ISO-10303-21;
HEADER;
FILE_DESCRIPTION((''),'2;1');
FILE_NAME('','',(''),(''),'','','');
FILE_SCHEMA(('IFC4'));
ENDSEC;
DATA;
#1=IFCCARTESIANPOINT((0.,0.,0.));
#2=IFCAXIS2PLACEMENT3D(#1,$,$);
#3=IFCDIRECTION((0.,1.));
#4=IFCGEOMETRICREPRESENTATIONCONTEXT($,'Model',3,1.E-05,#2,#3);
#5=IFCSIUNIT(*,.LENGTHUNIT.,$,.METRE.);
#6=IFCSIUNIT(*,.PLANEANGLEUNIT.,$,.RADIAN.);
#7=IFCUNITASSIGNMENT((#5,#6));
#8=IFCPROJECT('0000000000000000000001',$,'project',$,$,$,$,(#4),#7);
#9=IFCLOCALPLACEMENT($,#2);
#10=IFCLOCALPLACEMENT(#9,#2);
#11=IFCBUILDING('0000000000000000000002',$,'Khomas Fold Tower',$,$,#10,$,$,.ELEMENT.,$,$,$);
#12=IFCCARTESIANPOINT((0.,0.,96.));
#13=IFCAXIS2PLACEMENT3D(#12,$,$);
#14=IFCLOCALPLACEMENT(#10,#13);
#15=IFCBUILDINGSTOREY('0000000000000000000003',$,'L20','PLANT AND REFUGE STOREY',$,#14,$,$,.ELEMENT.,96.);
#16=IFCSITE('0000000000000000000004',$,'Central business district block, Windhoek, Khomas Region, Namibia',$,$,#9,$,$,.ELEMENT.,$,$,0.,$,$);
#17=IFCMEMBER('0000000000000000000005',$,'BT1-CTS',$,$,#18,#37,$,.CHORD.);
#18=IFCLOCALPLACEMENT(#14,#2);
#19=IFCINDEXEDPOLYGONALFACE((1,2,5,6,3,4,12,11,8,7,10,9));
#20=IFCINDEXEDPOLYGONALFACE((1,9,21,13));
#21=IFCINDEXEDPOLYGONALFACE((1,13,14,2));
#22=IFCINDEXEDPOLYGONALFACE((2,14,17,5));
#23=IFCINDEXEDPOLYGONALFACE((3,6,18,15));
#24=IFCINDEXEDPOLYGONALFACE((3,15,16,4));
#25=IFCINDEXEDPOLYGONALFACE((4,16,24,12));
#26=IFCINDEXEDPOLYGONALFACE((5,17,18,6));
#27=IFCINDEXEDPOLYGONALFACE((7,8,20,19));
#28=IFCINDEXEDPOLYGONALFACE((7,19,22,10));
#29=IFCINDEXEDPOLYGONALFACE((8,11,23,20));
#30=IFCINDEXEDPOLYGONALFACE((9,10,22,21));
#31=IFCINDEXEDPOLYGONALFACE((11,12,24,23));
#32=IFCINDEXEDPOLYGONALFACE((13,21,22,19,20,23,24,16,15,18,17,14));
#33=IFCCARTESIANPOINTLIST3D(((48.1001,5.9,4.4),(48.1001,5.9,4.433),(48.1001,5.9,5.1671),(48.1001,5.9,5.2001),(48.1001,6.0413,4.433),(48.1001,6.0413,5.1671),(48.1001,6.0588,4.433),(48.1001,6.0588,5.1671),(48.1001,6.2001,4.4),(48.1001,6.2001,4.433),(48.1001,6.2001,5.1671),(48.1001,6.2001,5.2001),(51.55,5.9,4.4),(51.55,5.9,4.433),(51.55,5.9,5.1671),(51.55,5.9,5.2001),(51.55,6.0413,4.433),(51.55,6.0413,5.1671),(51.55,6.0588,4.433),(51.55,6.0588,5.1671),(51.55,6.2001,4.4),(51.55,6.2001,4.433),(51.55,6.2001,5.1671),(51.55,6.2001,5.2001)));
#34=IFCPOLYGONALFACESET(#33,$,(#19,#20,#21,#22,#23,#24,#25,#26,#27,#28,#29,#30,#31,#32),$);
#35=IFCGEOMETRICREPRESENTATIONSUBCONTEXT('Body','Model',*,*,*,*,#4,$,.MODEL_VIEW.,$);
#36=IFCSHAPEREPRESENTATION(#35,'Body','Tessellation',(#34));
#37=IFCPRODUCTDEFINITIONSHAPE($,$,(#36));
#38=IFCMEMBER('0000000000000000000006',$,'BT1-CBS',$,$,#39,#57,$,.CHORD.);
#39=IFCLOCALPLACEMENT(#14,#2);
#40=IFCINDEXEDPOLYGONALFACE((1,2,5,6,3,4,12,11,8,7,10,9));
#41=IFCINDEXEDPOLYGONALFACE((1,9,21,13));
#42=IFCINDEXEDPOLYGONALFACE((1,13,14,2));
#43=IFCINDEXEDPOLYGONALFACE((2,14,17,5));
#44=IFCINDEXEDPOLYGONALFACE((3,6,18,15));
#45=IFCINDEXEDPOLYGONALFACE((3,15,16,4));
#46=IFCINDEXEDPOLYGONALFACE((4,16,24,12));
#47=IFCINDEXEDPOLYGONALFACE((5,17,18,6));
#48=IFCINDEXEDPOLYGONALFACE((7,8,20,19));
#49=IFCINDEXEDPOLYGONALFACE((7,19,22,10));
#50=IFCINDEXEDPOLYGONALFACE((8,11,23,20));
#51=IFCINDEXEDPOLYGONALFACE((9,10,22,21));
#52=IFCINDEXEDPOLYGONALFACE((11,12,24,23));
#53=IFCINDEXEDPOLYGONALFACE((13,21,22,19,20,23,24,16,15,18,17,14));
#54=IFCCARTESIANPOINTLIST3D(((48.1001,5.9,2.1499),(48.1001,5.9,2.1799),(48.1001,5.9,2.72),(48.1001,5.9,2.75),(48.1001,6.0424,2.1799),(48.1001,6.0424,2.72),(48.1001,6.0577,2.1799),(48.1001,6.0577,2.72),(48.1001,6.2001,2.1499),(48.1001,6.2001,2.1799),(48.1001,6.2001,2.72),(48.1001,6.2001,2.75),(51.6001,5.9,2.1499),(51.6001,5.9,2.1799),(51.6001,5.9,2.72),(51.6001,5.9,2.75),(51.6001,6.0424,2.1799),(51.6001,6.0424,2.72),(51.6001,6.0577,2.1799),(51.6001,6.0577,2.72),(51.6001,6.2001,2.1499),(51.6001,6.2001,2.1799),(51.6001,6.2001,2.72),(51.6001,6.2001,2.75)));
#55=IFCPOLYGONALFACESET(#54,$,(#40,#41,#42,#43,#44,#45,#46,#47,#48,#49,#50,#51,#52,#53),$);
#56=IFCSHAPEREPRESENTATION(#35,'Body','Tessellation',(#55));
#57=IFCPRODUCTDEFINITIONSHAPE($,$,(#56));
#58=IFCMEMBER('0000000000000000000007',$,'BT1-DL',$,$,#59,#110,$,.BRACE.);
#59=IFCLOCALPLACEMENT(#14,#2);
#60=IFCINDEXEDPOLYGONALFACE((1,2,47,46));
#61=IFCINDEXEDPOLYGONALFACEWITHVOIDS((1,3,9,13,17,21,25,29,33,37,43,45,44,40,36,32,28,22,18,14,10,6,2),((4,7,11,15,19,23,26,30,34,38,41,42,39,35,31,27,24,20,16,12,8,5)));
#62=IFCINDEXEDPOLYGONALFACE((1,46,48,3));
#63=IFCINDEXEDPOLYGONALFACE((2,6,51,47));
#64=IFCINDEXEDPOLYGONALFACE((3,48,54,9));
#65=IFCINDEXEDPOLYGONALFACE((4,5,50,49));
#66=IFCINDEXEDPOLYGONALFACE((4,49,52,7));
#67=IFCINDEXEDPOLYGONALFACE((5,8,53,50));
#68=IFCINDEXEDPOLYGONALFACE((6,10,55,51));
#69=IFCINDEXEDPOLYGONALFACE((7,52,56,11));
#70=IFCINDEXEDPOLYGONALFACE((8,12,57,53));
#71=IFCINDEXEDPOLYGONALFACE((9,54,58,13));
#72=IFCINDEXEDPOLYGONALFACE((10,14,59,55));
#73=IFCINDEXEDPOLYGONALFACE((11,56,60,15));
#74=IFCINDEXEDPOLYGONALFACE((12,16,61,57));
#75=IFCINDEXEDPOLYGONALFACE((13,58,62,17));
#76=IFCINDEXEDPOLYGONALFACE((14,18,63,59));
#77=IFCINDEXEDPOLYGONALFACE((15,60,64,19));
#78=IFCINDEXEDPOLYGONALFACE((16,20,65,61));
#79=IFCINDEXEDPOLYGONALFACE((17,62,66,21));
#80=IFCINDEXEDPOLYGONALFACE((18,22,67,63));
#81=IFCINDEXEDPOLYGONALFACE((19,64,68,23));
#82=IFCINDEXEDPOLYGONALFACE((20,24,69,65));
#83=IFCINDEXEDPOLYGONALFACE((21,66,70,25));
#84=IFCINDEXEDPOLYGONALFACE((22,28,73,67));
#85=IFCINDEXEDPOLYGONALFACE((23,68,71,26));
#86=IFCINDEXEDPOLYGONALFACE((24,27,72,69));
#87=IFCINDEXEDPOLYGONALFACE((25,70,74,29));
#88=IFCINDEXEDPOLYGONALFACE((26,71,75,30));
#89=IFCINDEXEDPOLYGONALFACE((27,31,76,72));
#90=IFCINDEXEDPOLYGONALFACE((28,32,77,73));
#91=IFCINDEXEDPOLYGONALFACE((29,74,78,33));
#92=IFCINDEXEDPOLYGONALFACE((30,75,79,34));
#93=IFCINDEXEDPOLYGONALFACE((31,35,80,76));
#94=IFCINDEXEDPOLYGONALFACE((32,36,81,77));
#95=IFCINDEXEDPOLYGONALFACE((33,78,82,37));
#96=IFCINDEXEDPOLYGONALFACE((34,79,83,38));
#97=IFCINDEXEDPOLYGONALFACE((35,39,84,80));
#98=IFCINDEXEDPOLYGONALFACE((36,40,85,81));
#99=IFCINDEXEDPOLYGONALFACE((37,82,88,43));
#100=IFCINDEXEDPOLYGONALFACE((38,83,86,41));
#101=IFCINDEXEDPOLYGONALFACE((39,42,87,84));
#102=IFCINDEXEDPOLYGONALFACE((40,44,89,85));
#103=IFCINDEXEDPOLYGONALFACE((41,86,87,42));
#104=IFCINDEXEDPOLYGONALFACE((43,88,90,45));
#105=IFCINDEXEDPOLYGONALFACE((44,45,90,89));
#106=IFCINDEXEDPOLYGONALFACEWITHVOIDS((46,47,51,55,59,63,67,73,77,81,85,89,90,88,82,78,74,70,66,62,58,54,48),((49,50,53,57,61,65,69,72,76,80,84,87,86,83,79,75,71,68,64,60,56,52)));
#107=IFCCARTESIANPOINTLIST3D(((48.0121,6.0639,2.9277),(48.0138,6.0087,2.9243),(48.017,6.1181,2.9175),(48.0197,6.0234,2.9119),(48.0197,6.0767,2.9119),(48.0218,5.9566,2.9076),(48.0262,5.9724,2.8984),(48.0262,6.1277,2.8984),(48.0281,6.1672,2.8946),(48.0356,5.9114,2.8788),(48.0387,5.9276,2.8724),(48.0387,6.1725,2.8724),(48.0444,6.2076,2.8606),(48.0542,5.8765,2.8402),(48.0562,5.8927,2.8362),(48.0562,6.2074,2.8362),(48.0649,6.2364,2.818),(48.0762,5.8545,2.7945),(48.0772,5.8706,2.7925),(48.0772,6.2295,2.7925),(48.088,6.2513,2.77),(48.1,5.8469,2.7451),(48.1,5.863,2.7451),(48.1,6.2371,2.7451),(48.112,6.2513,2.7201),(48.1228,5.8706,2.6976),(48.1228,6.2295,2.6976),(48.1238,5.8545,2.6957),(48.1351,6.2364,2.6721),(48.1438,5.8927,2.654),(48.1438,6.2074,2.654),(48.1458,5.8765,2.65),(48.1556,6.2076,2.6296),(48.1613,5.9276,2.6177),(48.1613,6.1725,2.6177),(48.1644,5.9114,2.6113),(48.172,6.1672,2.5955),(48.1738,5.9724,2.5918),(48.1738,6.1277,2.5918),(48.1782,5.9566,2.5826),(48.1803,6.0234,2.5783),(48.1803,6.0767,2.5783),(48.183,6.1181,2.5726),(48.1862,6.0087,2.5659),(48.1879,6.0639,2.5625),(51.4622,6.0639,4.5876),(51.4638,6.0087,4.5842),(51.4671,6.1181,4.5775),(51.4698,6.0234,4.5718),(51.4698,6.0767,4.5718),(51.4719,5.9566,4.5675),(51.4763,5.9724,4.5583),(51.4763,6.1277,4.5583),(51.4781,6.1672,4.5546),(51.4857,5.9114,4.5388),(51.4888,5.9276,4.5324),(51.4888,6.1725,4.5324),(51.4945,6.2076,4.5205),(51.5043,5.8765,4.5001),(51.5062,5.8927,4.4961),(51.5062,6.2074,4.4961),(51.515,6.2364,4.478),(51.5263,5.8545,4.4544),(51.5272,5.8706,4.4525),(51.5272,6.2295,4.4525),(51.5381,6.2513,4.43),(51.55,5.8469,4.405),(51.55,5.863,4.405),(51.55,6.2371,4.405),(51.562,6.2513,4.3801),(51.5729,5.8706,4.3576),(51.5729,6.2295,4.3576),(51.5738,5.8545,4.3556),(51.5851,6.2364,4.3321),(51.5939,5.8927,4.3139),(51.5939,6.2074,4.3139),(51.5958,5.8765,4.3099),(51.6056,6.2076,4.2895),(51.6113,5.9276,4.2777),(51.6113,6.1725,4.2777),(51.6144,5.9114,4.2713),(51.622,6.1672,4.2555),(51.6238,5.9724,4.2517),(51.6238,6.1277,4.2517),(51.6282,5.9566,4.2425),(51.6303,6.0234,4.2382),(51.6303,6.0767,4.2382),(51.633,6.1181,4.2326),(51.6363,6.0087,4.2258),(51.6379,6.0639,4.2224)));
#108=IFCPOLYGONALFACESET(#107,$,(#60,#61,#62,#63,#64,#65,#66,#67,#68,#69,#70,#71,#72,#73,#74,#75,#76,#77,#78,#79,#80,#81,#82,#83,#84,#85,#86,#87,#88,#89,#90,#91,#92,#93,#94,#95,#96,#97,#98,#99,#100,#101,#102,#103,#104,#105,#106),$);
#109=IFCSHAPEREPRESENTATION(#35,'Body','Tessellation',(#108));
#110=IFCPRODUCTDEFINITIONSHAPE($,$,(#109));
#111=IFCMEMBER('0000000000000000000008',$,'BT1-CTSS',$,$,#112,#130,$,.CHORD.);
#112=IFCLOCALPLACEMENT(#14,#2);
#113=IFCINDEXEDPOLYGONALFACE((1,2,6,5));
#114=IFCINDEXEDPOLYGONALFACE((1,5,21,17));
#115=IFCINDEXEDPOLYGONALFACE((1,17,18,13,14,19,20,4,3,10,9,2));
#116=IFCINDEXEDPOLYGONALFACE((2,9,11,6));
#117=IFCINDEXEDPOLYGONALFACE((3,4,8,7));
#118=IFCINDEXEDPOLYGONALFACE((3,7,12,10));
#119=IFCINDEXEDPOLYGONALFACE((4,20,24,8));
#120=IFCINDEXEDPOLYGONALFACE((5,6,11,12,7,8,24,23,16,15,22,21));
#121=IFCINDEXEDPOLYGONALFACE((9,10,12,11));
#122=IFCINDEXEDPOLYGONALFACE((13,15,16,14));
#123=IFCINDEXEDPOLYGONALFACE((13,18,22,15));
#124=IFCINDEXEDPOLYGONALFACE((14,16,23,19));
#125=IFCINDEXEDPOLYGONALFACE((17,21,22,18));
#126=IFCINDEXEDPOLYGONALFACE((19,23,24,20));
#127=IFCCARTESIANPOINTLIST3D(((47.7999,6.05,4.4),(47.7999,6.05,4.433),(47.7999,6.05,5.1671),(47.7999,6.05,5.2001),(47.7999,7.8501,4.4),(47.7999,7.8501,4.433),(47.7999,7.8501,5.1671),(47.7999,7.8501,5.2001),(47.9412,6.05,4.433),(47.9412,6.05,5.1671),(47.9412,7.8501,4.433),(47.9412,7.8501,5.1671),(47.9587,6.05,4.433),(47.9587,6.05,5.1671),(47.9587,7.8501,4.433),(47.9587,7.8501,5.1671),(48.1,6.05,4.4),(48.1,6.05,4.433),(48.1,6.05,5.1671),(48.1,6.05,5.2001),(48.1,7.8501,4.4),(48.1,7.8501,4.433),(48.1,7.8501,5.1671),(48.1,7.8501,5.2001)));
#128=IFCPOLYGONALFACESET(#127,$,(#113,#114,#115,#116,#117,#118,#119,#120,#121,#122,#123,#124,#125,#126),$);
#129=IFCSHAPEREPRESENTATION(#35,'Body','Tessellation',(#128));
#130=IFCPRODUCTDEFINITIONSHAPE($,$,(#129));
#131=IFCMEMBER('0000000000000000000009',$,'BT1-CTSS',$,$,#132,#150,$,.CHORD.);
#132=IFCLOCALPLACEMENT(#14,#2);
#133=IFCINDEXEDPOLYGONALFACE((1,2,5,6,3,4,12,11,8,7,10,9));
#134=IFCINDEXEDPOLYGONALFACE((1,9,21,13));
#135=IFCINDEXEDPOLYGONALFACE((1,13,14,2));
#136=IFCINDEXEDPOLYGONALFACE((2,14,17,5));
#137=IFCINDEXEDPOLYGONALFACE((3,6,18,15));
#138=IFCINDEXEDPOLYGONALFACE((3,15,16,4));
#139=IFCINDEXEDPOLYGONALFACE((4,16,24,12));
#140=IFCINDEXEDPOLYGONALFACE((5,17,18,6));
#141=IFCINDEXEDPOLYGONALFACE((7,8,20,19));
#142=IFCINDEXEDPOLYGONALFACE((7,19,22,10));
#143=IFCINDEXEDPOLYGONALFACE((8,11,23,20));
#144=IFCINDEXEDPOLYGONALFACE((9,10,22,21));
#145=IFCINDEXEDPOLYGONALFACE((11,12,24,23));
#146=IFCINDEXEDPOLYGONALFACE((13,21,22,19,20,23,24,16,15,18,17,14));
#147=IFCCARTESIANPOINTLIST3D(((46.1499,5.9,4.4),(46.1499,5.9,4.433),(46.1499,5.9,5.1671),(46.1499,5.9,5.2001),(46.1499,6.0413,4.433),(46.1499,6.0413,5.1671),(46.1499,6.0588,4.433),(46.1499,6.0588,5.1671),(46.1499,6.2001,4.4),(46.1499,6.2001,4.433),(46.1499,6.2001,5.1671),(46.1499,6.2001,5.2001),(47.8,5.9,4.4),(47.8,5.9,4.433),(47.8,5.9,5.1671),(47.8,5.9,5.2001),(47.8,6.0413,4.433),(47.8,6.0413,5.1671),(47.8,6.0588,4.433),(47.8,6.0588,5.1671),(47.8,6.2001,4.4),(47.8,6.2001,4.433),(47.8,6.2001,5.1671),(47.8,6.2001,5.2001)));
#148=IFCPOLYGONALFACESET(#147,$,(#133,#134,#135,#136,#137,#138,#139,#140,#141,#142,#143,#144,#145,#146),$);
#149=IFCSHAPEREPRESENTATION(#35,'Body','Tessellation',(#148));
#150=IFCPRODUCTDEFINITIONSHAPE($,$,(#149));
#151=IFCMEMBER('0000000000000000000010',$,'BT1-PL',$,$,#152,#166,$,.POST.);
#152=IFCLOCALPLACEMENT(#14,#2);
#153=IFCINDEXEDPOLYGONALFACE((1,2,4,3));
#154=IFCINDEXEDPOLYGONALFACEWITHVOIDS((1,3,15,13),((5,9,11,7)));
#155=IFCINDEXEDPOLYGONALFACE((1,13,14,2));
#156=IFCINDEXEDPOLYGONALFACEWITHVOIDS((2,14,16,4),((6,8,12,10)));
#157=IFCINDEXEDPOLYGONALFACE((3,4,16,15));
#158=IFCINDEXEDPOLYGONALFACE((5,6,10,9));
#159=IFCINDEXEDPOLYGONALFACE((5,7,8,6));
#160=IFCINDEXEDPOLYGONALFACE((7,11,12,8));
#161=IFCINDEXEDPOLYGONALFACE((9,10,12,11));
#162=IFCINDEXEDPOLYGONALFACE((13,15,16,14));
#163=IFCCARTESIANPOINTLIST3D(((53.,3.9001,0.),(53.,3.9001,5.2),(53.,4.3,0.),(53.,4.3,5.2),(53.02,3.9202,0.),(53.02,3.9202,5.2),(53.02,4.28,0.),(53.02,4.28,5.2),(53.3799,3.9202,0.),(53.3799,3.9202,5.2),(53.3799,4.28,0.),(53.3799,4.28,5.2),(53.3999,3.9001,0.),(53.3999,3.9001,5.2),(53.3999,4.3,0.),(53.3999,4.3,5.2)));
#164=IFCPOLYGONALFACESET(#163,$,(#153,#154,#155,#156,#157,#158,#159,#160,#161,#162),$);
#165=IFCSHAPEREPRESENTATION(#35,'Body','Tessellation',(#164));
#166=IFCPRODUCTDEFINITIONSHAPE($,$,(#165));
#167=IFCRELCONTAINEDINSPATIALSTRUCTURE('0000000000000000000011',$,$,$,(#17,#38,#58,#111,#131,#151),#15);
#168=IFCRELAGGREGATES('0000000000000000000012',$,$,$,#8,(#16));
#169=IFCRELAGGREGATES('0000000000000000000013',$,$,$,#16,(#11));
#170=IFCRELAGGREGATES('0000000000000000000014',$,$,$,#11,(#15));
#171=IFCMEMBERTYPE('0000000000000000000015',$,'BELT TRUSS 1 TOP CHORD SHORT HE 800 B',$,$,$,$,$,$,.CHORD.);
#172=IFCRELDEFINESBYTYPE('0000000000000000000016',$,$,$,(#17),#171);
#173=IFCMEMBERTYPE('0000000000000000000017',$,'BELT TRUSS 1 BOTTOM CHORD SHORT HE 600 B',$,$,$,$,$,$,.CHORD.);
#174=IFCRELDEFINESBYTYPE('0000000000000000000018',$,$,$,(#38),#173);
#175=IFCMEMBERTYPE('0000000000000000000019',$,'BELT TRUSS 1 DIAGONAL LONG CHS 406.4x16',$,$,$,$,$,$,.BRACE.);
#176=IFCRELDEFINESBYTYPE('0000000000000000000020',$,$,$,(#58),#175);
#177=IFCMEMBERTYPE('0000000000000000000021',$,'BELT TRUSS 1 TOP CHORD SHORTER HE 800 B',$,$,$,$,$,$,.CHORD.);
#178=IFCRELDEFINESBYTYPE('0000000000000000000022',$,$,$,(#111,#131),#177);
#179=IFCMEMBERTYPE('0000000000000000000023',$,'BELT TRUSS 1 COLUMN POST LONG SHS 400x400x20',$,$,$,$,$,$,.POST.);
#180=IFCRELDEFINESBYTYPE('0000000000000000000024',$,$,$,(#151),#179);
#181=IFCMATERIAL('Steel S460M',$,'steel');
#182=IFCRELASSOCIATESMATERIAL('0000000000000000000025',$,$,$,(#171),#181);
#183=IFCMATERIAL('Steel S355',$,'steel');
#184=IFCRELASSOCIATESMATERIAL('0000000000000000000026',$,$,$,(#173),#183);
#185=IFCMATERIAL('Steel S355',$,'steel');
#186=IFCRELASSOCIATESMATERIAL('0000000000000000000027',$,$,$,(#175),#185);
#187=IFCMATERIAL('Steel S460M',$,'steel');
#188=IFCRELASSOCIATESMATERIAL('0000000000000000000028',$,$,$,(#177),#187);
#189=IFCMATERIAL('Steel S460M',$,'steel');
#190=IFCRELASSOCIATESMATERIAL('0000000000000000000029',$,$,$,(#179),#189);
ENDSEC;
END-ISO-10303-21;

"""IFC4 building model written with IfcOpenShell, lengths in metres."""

from ifc_helpers import new_model, si_unit, direction, frame, origin, origin_2d, place, context, subcontext, project, spatial, hollow_rectangle, hollow_circle, i_section, extrude, source, transform, mapped, material, material_profile, profile_set, type_object, element, save


model = new_model("IFC4")

# Units and contexts
model_context = context("Model", 3, precision=1e-05, world=origin(), true_north=direction((0.0, 1.0)))
body_context = subcontext(model_context, "Body", "Model", "MODEL_VIEW")
ifc_project = project(units=[si_unit("LENGTHUNIT", "METRE"), si_unit("PLANEANGLEUNIT", "RADIAN")], contexts=[model_context])

# Site, building, storey
site_placement = place(None, origin())
site = spatial("IfcSite", under=ifc_project, at=site_placement, Name="Central business district block, Windhoek, Khomas Region, Namibia", CompositionType="ELEMENT", RefElevation=0.0)
building_placement = place(site_placement, origin())
building = spatial("IfcBuilding", under=site, at=building_placement, Name="Khomas Fold Tower", CompositionType="ELEMENT")
storey_placement = place(building_placement, frame((0.0, 0.0, 96.0)))
storey = spatial("IfcBuildingStorey", under=building, at=storey_placement, Name="L20", Description="PLANT AND REFUGE STOREY", CompositionType="ELEMENT", Elevation=96.0)

# Members
ifc_material_1 = material(Name="Steel S460M", Category="steel")
ifc_material_profile_1 = material_profile(ifc_material_1, i_section(OverallWidth=0.3, OverallDepth=0.8, WebThickness=0.0176, FlangeThickness=0.033, at=origin_2d()), Name="HE 800 B")
ifc_profile_set_1 = profile_set([ifc_material_profile_1], Name="Steel S460M")
member_type_1 = type_object("IfcMemberType", Name="BELT TRUSS 1 TOP CHORD SHORT HE 800 B", PredefinedType="CHORD", material=ifc_profile_set_1)
shared_shape_1 = source(origin(), body_context, "Body", "SweptSolid", [
    extrude(i_section(OverallWidth=0.3, OverallDepth=0.8, WebThickness=0.0176, FlangeThickness=0.033, at=origin_2d()), origin(), (0.0, 0.0, 1.0), 3.45),
])
member_1_placement = place(storey_placement, frame((51.55, 6.05, 4.8), z_axis=(-1.0, 0.0, 0.0), x_axis=(0.0, -1.0, 0.0)))
element("IfcMember", 1, at=member_1_placement, inside=storey, type_object=member_type_1, Name="BT1-CTS", PredefinedType="CHORD", context=body_context, shape_type="MappedRepresentation", body=[
    mapped(shared_shape_1, transform((0.0, 0.0, 0.0))),
])
ifc_material_2 = material(Name="Steel S355", Category="steel")
ifc_material_profile_2 = material_profile(ifc_material_2, i_section(OverallWidth=0.3, OverallDepth=0.6001, WebThickness=0.0154, FlangeThickness=0.03, at=origin_2d()), Name="HE 600 B")
ifc_profile_set_2 = profile_set([ifc_material_profile_2], Name="Steel S355")
member_type_2 = type_object("IfcMemberType", Name="BELT TRUSS 1 BOTTOM CHORD SHORT HE 600 B", PredefinedType="CHORD", material=ifc_profile_set_2)
shared_shape_2 = source(origin(), body_context, "Body", "SweptSolid", [
    extrude(i_section(OverallWidth=0.3, OverallDepth=0.6001, WebThickness=0.0154, FlangeThickness=0.03, at=origin_2d()), origin(), (0.0, 0.0, 1.0), 3.5),
])
member_2_placement = place(storey_placement, frame((51.6001, 6.05, 2.45), z_axis=(-1.0, 0.0, 0.0), x_axis=(0.0, -1.0, 0.0)))
element("IfcMember", 2, at=member_2_placement, inside=storey, type_object=member_type_2, Name="BT1-CBS", PredefinedType="CHORD", context=body_context, shape_type="MappedRepresentation", body=[
    mapped(shared_shape_2, transform((0.0, 0.0, 0.0))),
])
ifc_material_3 = material(Name="Steel S355", Category="steel")
ifc_material_profile_3 = material_profile(ifc_material_3, hollow_circle(Radius=0.2031, WallThickness=0.0161, at=origin_2d()), Name="CHS 406.4x16")
ifc_profile_set_3 = profile_set([ifc_material_profile_3], Name="Steel S355")
member_type_3 = type_object("IfcMemberType", Name="BELT TRUSS 1 DIAGONAL LONG CHS 406.4x16", PredefinedType="BRACE", material=ifc_profile_set_3)
shared_shape_3 = source(origin(), body_context, "Body", "SweptSolid", [
    extrude(hollow_circle(Radius=0.2031, WallThickness=0.0161, at=origin_2d()), origin(), (0.0, 0.0, 1.0), 3.8286),
])
member_3_placement = place(storey_placement, frame((51.55, 6.05, 4.405), z_axis=(-0.901122, 0.0, -0.433566), x_axis=(0.0, -1.0, 0.0)))
element("IfcMember", 3, at=member_3_placement, inside=storey, type_object=member_type_3, Name="BT1-DL", PredefinedType="BRACE", context=body_context, shape_type="MappedRepresentation", body=[
    mapped(shared_shape_3, transform((0.0, 0.0, 0.0))),
])
ifc_material_4 = material(Name="Steel S460M", Category="steel")
ifc_material_profile_4 = material_profile(ifc_material_4, i_section(OverallWidth=0.3, OverallDepth=0.8, WebThickness=0.0176, FlangeThickness=0.033, at=origin_2d()), Name="HE 800 B")
ifc_profile_set_4 = profile_set([ifc_material_profile_4], Name="Steel S460M")
member_type_4 = type_object("IfcMemberType", Name="BELT TRUSS 1 TOP CHORD SHORTER HE 800 B", PredefinedType="CHORD", material=ifc_profile_set_4)
shared_shape_4 = source(origin(), body_context, "Body", "SweptSolid", [
    extrude(i_section(OverallWidth=0.3, OverallDepth=0.8, WebThickness=0.0176, FlangeThickness=0.033, at=origin_2d()), origin(), (0.0, 0.0, 1.0), 1.8),
])
member_4_placement = place(storey_placement, frame((47.95, 6.05, 4.8), z_axis=(0.0, 1.0, 0.0), x_axis=(-1.0, 0.0, 0.0)))
element("IfcMember", 4, at=member_4_placement, inside=storey, type_object=member_type_4, Name="BT1-CTSS", PredefinedType="CHORD", context=body_context, shape_type="MappedRepresentation", body=[
    mapped(shared_shape_4, transform((0.0, 0.0, 0.0))),
])
shared_shape_5 = source(origin(), body_context, "Body", "SweptSolid", [
    extrude(i_section(OverallWidth=0.3, OverallDepth=0.8, WebThickness=0.0176, FlangeThickness=0.033, at=origin_2d()), origin(), (0.0, 0.0, 1.0), 1.6501),
])
member_5_placement = place(storey_placement, frame((47.8, 6.05, 4.8), z_axis=(-1.0, 0.0, 0.0), x_axis=(0.0, -1.0, 0.0)))
element("IfcMember", 5, at=member_5_placement, inside=storey, type_object=member_type_4, Name="BT1-CTSS", PredefinedType="CHORD", context=body_context, shape_type="MappedRepresentation", body=[
    mapped(shared_shape_5, transform((0.0, 0.0, 0.0))),
])
ifc_material_5 = material(Name="Steel S460M", Category="steel")
ifc_material_profile_5 = material_profile(ifc_material_5, hollow_rectangle(XDim=0.3999, YDim=0.3999, WallThickness=0.02, at=origin_2d()), Name="SHS 400x400x20")
ifc_profile_set_5 = profile_set([ifc_material_profile_5], Name="Steel S460M")
member_type_5 = type_object("IfcMemberType", Name="BELT TRUSS 1 COLUMN POST LONG SHS 400x400x20", PredefinedType="POST", material=ifc_profile_set_5)
shared_shape_6 = source(origin(), body_context, "Body", "SweptSolid", [
    extrude(hollow_rectangle(XDim=0.3999, YDim=0.3999, WallThickness=0.02, at=origin_2d()), origin(), (0.0, 0.0, 1.0), 5.2),
])
member_6_placement = place(storey_placement, frame((53.2, 4.1001, 0.0), z_axis=(0.0, 0.0, 1.0), x_axis=(1.0, 0.0, 0.0)))
element("IfcMember", 6, at=member_6_placement, inside=storey, type_object=member_type_5, Name="BT1-PL", PredefinedType="POST", context=body_context, shape_type="MappedRepresentation", body=[
    mapped(shared_shape_6, transform((0.0, 0.0, 0.0))),
])

save(model, "model.ifc")
